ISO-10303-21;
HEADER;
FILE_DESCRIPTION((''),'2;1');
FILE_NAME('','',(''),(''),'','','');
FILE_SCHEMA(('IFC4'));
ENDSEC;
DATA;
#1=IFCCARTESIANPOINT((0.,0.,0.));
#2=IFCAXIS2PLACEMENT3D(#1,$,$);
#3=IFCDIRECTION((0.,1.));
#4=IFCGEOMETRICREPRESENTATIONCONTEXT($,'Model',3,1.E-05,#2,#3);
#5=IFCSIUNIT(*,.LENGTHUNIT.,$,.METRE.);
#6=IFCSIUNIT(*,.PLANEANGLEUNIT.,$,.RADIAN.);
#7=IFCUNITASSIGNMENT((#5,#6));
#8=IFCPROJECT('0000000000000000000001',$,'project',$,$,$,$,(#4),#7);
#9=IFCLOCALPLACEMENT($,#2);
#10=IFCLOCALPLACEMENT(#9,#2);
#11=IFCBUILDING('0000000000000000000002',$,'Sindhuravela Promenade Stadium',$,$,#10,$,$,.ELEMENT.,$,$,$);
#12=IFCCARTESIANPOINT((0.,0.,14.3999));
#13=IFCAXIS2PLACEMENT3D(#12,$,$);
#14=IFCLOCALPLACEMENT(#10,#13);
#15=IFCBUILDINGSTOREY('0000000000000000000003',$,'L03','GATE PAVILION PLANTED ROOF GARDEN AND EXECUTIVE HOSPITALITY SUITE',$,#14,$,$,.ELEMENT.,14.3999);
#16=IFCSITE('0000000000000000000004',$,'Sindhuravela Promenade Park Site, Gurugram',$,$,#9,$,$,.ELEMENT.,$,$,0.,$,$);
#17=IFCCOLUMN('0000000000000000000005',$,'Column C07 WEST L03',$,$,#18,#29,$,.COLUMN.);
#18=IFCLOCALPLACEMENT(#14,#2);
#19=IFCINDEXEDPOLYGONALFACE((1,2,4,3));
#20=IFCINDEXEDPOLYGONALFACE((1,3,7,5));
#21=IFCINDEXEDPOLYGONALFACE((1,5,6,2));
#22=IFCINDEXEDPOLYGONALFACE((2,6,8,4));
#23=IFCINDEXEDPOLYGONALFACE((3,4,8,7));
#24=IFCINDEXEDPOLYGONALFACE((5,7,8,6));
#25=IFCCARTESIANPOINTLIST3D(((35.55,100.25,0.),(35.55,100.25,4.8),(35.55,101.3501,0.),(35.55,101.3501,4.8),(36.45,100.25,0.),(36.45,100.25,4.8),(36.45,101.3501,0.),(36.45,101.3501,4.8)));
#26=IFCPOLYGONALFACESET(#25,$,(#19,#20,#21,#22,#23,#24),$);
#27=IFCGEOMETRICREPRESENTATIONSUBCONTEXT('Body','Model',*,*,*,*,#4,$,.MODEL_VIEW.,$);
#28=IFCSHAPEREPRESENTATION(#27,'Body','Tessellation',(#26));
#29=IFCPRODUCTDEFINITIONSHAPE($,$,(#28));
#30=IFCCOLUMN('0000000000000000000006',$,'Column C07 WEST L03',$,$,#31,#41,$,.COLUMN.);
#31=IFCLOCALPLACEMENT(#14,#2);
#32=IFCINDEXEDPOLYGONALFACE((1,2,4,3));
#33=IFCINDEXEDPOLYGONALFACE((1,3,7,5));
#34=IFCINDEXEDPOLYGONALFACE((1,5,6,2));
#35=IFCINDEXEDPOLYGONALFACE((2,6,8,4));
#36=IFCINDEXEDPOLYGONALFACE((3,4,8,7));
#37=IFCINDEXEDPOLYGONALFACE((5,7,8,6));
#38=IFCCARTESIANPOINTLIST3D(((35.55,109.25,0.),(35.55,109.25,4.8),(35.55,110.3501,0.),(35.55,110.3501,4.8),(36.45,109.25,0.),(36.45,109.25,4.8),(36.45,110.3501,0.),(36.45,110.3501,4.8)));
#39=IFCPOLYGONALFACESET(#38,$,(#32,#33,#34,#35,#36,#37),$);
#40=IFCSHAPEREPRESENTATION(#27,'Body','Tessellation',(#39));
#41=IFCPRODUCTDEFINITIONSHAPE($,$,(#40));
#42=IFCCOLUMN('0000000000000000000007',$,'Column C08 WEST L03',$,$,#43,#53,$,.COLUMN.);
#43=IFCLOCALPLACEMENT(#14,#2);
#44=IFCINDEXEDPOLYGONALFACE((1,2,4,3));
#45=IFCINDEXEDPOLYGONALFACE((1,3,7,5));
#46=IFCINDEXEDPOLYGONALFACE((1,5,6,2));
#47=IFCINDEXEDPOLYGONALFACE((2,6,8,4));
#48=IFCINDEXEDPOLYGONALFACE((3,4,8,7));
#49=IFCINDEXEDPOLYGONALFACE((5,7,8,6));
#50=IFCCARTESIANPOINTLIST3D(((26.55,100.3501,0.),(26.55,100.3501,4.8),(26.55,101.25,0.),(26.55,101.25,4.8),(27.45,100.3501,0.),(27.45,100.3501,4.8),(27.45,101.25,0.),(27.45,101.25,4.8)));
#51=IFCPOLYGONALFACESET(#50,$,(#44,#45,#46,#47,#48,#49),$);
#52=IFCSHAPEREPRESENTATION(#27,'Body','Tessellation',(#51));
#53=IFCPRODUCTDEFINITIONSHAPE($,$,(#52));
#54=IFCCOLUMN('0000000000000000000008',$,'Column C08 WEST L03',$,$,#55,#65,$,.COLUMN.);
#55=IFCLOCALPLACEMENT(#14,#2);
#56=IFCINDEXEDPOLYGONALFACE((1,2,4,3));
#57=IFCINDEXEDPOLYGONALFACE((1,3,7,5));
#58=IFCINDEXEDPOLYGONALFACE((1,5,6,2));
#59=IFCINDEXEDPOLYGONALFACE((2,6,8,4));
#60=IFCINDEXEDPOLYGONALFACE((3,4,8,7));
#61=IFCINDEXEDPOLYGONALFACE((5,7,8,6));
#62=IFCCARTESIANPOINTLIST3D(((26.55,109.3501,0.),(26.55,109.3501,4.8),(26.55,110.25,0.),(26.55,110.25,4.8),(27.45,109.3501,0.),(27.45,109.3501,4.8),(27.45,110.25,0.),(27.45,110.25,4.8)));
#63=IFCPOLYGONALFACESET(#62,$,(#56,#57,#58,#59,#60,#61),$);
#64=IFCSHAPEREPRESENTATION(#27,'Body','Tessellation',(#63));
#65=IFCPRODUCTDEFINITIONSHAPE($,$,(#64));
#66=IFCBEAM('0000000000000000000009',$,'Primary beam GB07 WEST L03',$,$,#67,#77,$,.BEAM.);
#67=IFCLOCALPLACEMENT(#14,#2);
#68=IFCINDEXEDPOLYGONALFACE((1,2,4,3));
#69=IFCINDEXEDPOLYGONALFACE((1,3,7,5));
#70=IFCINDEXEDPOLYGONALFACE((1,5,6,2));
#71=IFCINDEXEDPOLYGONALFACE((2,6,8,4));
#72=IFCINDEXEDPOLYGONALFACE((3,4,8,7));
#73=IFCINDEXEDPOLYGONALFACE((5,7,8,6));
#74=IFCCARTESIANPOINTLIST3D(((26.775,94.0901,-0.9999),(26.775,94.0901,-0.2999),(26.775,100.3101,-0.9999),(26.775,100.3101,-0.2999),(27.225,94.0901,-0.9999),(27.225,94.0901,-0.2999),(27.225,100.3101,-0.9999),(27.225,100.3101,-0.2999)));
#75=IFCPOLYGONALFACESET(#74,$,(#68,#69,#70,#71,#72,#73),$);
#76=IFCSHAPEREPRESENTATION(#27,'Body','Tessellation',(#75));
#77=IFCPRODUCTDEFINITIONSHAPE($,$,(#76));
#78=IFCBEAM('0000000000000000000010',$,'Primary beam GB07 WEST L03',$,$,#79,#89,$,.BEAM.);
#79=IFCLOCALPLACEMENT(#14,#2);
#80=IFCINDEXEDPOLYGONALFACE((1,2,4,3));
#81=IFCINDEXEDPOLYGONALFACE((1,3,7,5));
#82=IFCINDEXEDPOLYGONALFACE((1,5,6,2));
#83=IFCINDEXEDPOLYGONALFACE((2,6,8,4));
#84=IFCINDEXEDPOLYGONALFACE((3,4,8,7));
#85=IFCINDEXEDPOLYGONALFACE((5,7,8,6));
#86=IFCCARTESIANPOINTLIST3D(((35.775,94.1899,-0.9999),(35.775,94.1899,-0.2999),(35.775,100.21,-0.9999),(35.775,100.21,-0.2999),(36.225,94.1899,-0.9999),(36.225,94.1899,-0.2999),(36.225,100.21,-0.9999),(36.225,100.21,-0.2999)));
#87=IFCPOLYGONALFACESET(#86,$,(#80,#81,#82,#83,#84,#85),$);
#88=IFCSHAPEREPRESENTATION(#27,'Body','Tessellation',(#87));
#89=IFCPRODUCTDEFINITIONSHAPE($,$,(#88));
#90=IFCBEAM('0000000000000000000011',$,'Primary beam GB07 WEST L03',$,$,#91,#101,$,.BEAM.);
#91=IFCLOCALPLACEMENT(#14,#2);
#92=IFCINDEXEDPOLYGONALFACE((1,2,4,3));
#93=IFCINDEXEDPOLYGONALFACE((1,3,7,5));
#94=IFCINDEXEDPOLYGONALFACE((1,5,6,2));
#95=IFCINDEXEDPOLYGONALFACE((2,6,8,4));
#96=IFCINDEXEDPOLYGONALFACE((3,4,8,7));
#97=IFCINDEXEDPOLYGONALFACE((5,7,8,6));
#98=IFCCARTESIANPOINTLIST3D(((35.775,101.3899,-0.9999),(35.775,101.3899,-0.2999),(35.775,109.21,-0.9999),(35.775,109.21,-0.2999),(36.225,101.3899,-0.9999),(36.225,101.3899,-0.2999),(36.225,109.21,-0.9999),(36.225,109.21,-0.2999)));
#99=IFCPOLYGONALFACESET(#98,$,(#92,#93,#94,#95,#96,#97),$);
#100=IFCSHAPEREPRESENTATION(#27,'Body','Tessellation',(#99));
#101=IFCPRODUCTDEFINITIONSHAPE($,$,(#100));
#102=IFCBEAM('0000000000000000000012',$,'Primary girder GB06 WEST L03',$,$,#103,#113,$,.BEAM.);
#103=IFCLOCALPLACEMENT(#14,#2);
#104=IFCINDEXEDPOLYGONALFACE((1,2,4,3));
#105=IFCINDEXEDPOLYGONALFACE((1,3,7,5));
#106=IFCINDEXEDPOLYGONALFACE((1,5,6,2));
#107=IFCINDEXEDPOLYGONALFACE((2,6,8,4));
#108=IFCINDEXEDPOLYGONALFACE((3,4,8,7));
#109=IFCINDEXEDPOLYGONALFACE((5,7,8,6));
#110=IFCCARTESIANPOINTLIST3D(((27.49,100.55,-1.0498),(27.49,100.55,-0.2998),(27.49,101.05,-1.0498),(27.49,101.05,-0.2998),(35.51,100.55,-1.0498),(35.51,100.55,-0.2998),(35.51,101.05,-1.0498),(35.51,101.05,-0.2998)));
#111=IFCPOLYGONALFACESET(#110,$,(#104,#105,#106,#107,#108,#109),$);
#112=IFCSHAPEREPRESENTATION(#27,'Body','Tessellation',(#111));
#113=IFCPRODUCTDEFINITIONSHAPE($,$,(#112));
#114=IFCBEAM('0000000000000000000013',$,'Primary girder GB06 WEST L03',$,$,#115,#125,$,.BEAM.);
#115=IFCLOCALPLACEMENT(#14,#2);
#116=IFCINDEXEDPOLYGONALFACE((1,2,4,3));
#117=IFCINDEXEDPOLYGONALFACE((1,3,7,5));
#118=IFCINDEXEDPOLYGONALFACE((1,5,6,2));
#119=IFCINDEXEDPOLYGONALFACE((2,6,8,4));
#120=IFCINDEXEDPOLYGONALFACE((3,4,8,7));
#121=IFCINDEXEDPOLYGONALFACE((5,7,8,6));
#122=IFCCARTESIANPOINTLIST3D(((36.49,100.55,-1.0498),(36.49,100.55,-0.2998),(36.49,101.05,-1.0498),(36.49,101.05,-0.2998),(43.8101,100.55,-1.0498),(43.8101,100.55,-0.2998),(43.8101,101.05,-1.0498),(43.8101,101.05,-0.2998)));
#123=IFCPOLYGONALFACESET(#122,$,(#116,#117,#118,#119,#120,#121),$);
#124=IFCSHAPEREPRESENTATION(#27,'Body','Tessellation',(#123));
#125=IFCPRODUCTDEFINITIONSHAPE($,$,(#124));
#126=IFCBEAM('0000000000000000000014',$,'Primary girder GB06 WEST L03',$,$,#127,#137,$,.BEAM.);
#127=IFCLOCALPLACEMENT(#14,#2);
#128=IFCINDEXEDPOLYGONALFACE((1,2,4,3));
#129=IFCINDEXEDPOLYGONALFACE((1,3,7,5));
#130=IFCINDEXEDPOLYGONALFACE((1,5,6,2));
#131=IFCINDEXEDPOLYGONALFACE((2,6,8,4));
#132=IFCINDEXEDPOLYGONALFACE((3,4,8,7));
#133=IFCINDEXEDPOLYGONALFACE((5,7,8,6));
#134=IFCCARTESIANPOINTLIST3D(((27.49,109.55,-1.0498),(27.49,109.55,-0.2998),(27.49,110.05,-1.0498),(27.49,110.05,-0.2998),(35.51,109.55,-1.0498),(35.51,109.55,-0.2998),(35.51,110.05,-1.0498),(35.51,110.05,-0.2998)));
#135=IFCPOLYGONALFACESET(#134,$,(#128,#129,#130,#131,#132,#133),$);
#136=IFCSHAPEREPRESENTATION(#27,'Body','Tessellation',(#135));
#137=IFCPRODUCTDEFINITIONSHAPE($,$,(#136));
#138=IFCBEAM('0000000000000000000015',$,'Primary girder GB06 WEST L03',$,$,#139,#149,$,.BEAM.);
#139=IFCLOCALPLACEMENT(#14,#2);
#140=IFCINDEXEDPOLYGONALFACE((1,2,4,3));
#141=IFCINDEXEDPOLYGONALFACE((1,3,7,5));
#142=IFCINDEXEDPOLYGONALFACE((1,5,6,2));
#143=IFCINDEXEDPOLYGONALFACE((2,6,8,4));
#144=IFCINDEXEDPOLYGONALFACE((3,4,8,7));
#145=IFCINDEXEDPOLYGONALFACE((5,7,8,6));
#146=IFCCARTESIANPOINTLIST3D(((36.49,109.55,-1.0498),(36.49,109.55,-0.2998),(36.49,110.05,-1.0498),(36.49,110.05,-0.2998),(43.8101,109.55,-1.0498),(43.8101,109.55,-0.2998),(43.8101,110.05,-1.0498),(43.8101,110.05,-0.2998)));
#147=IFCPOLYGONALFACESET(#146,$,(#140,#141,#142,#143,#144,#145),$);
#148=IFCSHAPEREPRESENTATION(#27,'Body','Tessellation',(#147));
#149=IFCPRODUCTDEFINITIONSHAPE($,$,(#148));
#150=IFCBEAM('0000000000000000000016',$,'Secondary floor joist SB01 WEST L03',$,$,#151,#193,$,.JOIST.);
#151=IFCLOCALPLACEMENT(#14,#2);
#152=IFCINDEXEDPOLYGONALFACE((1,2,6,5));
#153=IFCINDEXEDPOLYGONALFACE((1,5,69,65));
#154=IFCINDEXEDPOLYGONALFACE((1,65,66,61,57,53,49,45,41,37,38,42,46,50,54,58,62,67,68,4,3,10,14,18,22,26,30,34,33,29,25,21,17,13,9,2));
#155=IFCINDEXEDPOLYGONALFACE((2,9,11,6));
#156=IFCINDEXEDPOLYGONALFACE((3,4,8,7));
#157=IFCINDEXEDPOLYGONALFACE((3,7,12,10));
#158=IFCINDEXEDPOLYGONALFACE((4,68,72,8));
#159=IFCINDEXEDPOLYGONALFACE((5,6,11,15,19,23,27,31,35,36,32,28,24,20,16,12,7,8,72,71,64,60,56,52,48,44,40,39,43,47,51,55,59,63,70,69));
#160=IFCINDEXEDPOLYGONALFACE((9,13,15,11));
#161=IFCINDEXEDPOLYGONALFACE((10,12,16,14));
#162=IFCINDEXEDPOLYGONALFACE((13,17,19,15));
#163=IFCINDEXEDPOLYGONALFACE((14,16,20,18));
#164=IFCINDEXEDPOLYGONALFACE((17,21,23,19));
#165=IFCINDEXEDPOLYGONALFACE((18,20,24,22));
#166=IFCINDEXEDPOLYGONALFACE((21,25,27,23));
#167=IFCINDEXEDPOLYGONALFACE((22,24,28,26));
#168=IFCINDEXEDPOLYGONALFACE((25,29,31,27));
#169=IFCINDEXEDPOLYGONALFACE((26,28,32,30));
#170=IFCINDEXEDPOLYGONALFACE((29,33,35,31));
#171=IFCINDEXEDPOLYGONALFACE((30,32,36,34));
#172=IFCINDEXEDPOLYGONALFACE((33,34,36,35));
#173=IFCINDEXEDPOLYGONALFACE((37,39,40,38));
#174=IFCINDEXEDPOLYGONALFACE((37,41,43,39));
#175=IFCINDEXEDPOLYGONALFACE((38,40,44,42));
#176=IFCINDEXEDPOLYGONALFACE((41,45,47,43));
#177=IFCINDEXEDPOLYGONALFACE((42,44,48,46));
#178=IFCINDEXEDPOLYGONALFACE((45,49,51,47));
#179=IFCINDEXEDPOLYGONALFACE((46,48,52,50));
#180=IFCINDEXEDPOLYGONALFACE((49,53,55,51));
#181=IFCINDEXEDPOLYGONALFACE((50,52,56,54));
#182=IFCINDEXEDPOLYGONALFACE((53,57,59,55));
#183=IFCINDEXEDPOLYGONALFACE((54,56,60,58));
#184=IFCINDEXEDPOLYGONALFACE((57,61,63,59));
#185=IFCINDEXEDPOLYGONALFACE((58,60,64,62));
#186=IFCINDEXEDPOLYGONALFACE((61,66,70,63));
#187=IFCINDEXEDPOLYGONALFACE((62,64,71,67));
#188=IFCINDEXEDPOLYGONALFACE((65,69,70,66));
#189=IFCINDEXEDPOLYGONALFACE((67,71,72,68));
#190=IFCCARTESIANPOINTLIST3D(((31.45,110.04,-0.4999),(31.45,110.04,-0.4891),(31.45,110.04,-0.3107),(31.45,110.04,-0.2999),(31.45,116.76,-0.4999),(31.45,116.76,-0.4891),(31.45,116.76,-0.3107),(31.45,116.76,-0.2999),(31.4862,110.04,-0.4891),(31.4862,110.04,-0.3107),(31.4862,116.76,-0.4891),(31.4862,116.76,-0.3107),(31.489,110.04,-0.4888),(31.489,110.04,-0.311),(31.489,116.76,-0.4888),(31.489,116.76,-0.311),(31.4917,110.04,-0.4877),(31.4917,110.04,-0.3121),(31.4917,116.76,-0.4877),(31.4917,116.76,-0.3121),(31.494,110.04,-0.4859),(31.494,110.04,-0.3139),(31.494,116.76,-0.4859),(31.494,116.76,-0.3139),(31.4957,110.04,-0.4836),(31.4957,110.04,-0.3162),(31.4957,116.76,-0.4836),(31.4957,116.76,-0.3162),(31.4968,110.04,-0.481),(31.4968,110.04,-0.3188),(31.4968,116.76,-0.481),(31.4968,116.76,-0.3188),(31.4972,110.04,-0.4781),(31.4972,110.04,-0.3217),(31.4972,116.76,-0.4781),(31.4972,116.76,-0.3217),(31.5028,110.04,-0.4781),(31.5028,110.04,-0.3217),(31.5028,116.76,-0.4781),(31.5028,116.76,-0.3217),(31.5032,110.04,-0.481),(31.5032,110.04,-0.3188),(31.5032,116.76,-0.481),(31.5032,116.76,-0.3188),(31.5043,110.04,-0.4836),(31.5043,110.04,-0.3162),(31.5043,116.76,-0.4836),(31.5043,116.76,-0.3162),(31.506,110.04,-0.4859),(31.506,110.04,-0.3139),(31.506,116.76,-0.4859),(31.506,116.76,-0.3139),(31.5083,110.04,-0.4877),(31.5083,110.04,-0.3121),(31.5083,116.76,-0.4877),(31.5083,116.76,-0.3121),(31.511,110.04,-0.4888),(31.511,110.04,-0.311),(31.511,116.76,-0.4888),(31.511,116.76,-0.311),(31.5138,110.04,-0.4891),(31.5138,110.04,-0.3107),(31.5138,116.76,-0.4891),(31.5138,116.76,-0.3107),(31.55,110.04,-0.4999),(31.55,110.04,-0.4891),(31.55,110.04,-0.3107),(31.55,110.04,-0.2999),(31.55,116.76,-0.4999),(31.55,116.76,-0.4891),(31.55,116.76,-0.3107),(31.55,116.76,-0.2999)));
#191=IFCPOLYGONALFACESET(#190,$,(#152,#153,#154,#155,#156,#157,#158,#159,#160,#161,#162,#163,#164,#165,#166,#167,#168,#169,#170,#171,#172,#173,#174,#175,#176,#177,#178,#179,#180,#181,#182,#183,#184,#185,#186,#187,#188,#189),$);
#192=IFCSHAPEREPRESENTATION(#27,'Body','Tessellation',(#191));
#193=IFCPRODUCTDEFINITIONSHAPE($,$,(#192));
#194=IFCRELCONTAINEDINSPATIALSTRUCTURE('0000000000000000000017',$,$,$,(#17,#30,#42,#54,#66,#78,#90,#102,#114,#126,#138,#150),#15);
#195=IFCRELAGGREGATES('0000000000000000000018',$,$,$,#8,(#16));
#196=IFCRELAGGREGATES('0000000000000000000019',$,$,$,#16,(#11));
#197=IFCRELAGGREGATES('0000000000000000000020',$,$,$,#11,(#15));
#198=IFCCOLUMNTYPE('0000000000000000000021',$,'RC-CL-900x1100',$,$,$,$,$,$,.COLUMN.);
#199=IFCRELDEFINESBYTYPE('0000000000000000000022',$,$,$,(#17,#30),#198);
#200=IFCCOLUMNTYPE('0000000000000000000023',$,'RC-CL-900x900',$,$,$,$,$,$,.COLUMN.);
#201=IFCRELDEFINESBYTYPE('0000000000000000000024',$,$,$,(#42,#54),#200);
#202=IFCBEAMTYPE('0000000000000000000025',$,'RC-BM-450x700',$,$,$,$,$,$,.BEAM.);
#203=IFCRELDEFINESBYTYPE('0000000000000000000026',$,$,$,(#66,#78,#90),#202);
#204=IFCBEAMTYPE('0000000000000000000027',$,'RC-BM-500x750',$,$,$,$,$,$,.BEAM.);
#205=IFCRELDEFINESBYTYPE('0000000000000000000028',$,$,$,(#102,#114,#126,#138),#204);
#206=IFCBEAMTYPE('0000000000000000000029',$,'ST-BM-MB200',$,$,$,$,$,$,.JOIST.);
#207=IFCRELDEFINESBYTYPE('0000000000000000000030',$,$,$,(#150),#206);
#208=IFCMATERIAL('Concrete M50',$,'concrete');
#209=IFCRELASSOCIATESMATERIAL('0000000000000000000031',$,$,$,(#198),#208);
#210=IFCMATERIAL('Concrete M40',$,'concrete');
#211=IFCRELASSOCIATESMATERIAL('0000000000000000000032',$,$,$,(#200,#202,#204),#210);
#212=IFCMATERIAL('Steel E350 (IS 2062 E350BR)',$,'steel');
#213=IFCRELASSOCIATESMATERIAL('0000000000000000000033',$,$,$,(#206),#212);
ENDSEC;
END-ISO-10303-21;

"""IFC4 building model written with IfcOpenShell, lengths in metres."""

from ifc_helpers import new_model, si_unit, direction, frame, origin, origin_2d, place, context, subcontext, project, spatial, rectangle, i_section, extrude, material, material_profile, profile_set, type_object, element, save


model = new_model("IFC4")

# Units and contexts
model_context = context("Model", 3, precision=1e-05, world=origin(), true_north=direction((0.0, 1.0)))
body_context = subcontext(model_context, "Body", "Model", "MODEL_VIEW")
ifc_project = project(units=[si_unit("LENGTHUNIT", "METRE"), si_unit("PLANEANGLEUNIT", "RADIAN")], contexts=[model_context])

# Site, building, storey
site_placement = place(None, origin())
site = spatial("IfcSite", under=ifc_project, at=site_placement, Name="Sindhuravela Promenade Park Site, Gurugram", CompositionType="ELEMENT", RefElevation=0.0)
building_placement = place(site_placement, origin())
building = spatial("IfcBuilding", under=site, at=building_placement, Name="Sindhuravela Promenade Stadium", CompositionType="ELEMENT")
storey_placement = place(building_placement, frame((0.0, 0.0, 14.3999)))
storey = spatial("IfcBuildingStorey", under=building, at=storey_placement, Name="L03", Description="GATE PAVILION PLANTED ROOF GARDEN AND EXECUTIVE HOSPITALITY SUITE", CompositionType="ELEMENT", Elevation=14.3999)

# Columns
ifc_material_1 = material(Name="Concrete M50", Category="concrete")
ifc_material_profile_1 = material_profile(ifc_material_1, rectangle(XDim=0.8999, YDim=1.1001, at=origin_2d()), Name="RC 900x1100")
ifc_profile_set_1 = profile_set([ifc_material_profile_1], Name="Concrete M50")
column_type_1 = type_object("IfcColumnType", Name="RC-CL-900x1100", PredefinedType="COLUMN", material=ifc_profile_set_1)
for number, where, z_axis, x_axis, name in (
    (1, (36.0, 100.8, 0.0), (0.0, 0.0, 1.0), (1.0, 0.0, 0.0), "Column C07 WEST L03"),
    (2, (36.0, 109.8, 0.0), (0.0, 0.0, 1.0), (1.0, 0.0, 0.0), "Column C07 WEST L03"),
):
    element("IfcColumn", number, at=place(storey_placement, frame(where, z_axis=z_axis, x_axis=x_axis)), inside=storey, type_object=column_type_1, Name=name, PredefinedType="COLUMN", context=body_context, shape_type="SweptSolid", body=[
        extrude(rectangle(XDim=0.8999, YDim=1.1001, at=origin_2d()), origin(), (0.0, 0.0, 1.0), 4.8),
    ])
ifc_material_2 = material(Name="Concrete M40", Category="concrete")
ifc_material_profile_2 = material_profile(ifc_material_2, rectangle(XDim=0.8999, YDim=0.8999, at=origin_2d()), Name="RC 900x900")
ifc_profile_set_2 = profile_set([ifc_material_profile_2], Name="Concrete M40")
column_type_2 = type_object("IfcColumnType", Name="RC-CL-900x900", PredefinedType="COLUMN", material=ifc_profile_set_2)
for number, where, z_axis, x_axis, name in (
    (3, (27.0, 100.8, 0.0), (0.0, 0.0, 1.0), (1.0, 0.0, 0.0), "Column C08 WEST L03"),
    (4, (27.0, 109.8, 0.0), (0.0, 0.0, 1.0), (1.0, 0.0, 0.0), "Column C08 WEST L03"),
):
    element("IfcColumn", number, at=place(storey_placement, frame(where, z_axis=z_axis, x_axis=x_axis)), inside=storey, type_object=column_type_2, Name=name, PredefinedType="COLUMN", context=body_context, shape_type="SweptSolid", body=[
        extrude(rectangle(XDim=0.8999, YDim=0.8999, at=origin_2d()), origin(), (0.0, 0.0, 1.0), 4.8),
    ])

# Beams
ifc_material_profile_3 = material_profile(ifc_material_2, rectangle(XDim=0.45, YDim=0.7, at=origin_2d()), Name="RC 450x700")
ifc_profile_set_3 = profile_set([ifc_material_profile_3], Name="Concrete M40")
beam_type_1 = type_object("IfcBeamType", Name="RC-BM-450x700", PredefinedType="BEAM", material=ifc_profile_set_3)
beam_1_placement = place(storey_placement, frame((27.0, 94.0901, -0.6499), z_axis=(0.0, 1.0, 0.0), x_axis=(-1.0, 0.0, 0.0)))
element("IfcBeam", 5, at=beam_1_placement, inside=storey, type_object=beam_type_1, Name="Primary beam GB07 WEST L03", PredefinedType="BEAM", context=body_context, shape_type="SweptSolid", body=[
    extrude(rectangle(XDim=0.45, YDim=0.7, at=origin_2d()), origin(), (0.0, 0.0, 1.0), 6.22),
])
beam_2_placement = place(storey_placement, frame((36.0, 94.1899, -0.6499), z_axis=(0.0, 1.0, 0.0), x_axis=(-1.0, 0.0, 0.0)))
element("IfcBeam", 6, at=beam_2_placement, inside=storey, type_object=beam_type_1, Name="Primary beam GB07 WEST L03", PredefinedType="BEAM", context=body_context, shape_type="SweptSolid", body=[
    extrude(rectangle(XDim=0.45, YDim=0.7, at=origin_2d()), origin(), (0.0, 0.0, 1.0), 6.02),
])
beam_3_placement = place(storey_placement, frame((36.0, 101.3899, -0.6499), z_axis=(0.0, 1.0, 0.0), x_axis=(-1.0, 0.0, 0.0)))
element("IfcBeam", 7, at=beam_3_placement, inside=storey, type_object=beam_type_1, Name="Primary beam GB07 WEST L03", PredefinedType="BEAM", context=body_context, shape_type="SweptSolid", body=[
    extrude(rectangle(XDim=0.45, YDim=0.7, at=origin_2d()), origin(), (0.0, 0.0, 1.0), 7.8201),
])
ifc_material_profile_4 = material_profile(ifc_material_2, rectangle(XDim=0.5, YDim=0.75, at=origin_2d()), Name="RC 500x750")
ifc_profile_set_4 = profile_set([ifc_material_profile_4], Name="Concrete M40")
beam_type_2 = type_object("IfcBeamType", Name="RC-BM-500x750", PredefinedType="BEAM", material=ifc_profile_set_4)
beam_4_placement = place(storey_placement, frame((27.49, 100.8, -0.6748), z_axis=(1.0, 0.0, 0.0), x_axis=(0.0, 1.0, 0.0)))
element("IfcBeam", 8, at=beam_4_placement, inside=storey, type_object=beam_type_2, Name="Primary girder GB06 WEST L03", PredefinedType="BEAM", context=body_context, shape_type="SweptSolid", body=[
    extrude(rectangle(XDim=0.5, YDim=0.75, at=origin_2d()), origin(), (0.0, 0.0, 1.0), 8.02),
])
beam_5_placement = place(storey_placement, frame((36.49, 100.8, -0.6748), z_axis=(1.0, 0.0, 0.0), x_axis=(0.0, 1.0, 0.0)))
element("IfcBeam", 9, at=beam_5_placement, inside=storey, type_object=beam_type_2, Name="Primary girder GB06 WEST L03", PredefinedType="BEAM", context=body_context, shape_type="SweptSolid", body=[
    extrude(rectangle(XDim=0.5, YDim=0.75, at=origin_2d()), origin(), (0.0, 0.0, 1.0), 7.3201),
])
beam_6_placement = place(storey_placement, frame((27.49, 109.8, -0.6748), z_axis=(1.0, 0.0, 0.0), x_axis=(0.0, 1.0, 0.0)))
element("IfcBeam", 10, at=beam_6_placement, inside=storey, type_object=beam_type_2, Name="Primary girder GB06 WEST L03", PredefinedType="BEAM", context=body_context, shape_type="SweptSolid", body=[
    extrude(rectangle(XDim=0.5, YDim=0.75, at=origin_2d()), origin(), (0.0, 0.0, 1.0), 8.02),
])
beam_7_placement = place(storey_placement, frame((36.49, 109.8, -0.6748), z_axis=(1.0, 0.0, 0.0), x_axis=(0.0, 1.0, 0.0)))
element("IfcBeam", 11, at=beam_7_placement, inside=storey, type_object=beam_type_2, Name="Primary girder GB06 WEST L03", PredefinedType="BEAM", context=body_context, shape_type="SweptSolid", body=[
    extrude(rectangle(XDim=0.5, YDim=0.75, at=origin_2d()), origin(), (0.0, 0.0, 1.0), 7.3201),
])
ifc_material_3 = material(Name="Steel E350 (IS 2062 E350BR)", Category="steel")
ifc_material_profile_5 = material_profile(ifc_material_3, i_section(OverallWidth=0.1001, OverallDepth=0.2, WebThickness=0.0056, FlangeThickness=0.0107, FilletRadius=0.011, at=origin_2d()), Name="ISMB 200")
ifc_profile_set_5 = profile_set([ifc_material_profile_5], Name="Steel E350 (IS 2062 E350BR)")
beam_type_3 = type_object("IfcBeamType", Name="ST-BM-MB200", PredefinedType="JOIST", material=ifc_profile_set_5)
beam_8_placement = place(storey_placement, frame((31.5, 110.04, -0.3999), z_axis=(0.0, 1.0, 0.0), x_axis=(-1.0, 0.0, 0.0)))
element("IfcBeam", 12, at=beam_8_placement, inside=storey, type_object=beam_type_3, Name="Secondary floor joist SB01 WEST L03", PredefinedType="JOIST", context=body_context, shape_type="SweptSolid", body=[
    extrude(i_section(OverallWidth=0.1001, OverallDepth=0.2, WebThickness=0.0056, FlangeThickness=0.0107, FilletRadius=0.011, at=origin_2d()), origin(), (0.0, 0.0, 1.0), 6.72),
])

save(model, "model.ifc")
